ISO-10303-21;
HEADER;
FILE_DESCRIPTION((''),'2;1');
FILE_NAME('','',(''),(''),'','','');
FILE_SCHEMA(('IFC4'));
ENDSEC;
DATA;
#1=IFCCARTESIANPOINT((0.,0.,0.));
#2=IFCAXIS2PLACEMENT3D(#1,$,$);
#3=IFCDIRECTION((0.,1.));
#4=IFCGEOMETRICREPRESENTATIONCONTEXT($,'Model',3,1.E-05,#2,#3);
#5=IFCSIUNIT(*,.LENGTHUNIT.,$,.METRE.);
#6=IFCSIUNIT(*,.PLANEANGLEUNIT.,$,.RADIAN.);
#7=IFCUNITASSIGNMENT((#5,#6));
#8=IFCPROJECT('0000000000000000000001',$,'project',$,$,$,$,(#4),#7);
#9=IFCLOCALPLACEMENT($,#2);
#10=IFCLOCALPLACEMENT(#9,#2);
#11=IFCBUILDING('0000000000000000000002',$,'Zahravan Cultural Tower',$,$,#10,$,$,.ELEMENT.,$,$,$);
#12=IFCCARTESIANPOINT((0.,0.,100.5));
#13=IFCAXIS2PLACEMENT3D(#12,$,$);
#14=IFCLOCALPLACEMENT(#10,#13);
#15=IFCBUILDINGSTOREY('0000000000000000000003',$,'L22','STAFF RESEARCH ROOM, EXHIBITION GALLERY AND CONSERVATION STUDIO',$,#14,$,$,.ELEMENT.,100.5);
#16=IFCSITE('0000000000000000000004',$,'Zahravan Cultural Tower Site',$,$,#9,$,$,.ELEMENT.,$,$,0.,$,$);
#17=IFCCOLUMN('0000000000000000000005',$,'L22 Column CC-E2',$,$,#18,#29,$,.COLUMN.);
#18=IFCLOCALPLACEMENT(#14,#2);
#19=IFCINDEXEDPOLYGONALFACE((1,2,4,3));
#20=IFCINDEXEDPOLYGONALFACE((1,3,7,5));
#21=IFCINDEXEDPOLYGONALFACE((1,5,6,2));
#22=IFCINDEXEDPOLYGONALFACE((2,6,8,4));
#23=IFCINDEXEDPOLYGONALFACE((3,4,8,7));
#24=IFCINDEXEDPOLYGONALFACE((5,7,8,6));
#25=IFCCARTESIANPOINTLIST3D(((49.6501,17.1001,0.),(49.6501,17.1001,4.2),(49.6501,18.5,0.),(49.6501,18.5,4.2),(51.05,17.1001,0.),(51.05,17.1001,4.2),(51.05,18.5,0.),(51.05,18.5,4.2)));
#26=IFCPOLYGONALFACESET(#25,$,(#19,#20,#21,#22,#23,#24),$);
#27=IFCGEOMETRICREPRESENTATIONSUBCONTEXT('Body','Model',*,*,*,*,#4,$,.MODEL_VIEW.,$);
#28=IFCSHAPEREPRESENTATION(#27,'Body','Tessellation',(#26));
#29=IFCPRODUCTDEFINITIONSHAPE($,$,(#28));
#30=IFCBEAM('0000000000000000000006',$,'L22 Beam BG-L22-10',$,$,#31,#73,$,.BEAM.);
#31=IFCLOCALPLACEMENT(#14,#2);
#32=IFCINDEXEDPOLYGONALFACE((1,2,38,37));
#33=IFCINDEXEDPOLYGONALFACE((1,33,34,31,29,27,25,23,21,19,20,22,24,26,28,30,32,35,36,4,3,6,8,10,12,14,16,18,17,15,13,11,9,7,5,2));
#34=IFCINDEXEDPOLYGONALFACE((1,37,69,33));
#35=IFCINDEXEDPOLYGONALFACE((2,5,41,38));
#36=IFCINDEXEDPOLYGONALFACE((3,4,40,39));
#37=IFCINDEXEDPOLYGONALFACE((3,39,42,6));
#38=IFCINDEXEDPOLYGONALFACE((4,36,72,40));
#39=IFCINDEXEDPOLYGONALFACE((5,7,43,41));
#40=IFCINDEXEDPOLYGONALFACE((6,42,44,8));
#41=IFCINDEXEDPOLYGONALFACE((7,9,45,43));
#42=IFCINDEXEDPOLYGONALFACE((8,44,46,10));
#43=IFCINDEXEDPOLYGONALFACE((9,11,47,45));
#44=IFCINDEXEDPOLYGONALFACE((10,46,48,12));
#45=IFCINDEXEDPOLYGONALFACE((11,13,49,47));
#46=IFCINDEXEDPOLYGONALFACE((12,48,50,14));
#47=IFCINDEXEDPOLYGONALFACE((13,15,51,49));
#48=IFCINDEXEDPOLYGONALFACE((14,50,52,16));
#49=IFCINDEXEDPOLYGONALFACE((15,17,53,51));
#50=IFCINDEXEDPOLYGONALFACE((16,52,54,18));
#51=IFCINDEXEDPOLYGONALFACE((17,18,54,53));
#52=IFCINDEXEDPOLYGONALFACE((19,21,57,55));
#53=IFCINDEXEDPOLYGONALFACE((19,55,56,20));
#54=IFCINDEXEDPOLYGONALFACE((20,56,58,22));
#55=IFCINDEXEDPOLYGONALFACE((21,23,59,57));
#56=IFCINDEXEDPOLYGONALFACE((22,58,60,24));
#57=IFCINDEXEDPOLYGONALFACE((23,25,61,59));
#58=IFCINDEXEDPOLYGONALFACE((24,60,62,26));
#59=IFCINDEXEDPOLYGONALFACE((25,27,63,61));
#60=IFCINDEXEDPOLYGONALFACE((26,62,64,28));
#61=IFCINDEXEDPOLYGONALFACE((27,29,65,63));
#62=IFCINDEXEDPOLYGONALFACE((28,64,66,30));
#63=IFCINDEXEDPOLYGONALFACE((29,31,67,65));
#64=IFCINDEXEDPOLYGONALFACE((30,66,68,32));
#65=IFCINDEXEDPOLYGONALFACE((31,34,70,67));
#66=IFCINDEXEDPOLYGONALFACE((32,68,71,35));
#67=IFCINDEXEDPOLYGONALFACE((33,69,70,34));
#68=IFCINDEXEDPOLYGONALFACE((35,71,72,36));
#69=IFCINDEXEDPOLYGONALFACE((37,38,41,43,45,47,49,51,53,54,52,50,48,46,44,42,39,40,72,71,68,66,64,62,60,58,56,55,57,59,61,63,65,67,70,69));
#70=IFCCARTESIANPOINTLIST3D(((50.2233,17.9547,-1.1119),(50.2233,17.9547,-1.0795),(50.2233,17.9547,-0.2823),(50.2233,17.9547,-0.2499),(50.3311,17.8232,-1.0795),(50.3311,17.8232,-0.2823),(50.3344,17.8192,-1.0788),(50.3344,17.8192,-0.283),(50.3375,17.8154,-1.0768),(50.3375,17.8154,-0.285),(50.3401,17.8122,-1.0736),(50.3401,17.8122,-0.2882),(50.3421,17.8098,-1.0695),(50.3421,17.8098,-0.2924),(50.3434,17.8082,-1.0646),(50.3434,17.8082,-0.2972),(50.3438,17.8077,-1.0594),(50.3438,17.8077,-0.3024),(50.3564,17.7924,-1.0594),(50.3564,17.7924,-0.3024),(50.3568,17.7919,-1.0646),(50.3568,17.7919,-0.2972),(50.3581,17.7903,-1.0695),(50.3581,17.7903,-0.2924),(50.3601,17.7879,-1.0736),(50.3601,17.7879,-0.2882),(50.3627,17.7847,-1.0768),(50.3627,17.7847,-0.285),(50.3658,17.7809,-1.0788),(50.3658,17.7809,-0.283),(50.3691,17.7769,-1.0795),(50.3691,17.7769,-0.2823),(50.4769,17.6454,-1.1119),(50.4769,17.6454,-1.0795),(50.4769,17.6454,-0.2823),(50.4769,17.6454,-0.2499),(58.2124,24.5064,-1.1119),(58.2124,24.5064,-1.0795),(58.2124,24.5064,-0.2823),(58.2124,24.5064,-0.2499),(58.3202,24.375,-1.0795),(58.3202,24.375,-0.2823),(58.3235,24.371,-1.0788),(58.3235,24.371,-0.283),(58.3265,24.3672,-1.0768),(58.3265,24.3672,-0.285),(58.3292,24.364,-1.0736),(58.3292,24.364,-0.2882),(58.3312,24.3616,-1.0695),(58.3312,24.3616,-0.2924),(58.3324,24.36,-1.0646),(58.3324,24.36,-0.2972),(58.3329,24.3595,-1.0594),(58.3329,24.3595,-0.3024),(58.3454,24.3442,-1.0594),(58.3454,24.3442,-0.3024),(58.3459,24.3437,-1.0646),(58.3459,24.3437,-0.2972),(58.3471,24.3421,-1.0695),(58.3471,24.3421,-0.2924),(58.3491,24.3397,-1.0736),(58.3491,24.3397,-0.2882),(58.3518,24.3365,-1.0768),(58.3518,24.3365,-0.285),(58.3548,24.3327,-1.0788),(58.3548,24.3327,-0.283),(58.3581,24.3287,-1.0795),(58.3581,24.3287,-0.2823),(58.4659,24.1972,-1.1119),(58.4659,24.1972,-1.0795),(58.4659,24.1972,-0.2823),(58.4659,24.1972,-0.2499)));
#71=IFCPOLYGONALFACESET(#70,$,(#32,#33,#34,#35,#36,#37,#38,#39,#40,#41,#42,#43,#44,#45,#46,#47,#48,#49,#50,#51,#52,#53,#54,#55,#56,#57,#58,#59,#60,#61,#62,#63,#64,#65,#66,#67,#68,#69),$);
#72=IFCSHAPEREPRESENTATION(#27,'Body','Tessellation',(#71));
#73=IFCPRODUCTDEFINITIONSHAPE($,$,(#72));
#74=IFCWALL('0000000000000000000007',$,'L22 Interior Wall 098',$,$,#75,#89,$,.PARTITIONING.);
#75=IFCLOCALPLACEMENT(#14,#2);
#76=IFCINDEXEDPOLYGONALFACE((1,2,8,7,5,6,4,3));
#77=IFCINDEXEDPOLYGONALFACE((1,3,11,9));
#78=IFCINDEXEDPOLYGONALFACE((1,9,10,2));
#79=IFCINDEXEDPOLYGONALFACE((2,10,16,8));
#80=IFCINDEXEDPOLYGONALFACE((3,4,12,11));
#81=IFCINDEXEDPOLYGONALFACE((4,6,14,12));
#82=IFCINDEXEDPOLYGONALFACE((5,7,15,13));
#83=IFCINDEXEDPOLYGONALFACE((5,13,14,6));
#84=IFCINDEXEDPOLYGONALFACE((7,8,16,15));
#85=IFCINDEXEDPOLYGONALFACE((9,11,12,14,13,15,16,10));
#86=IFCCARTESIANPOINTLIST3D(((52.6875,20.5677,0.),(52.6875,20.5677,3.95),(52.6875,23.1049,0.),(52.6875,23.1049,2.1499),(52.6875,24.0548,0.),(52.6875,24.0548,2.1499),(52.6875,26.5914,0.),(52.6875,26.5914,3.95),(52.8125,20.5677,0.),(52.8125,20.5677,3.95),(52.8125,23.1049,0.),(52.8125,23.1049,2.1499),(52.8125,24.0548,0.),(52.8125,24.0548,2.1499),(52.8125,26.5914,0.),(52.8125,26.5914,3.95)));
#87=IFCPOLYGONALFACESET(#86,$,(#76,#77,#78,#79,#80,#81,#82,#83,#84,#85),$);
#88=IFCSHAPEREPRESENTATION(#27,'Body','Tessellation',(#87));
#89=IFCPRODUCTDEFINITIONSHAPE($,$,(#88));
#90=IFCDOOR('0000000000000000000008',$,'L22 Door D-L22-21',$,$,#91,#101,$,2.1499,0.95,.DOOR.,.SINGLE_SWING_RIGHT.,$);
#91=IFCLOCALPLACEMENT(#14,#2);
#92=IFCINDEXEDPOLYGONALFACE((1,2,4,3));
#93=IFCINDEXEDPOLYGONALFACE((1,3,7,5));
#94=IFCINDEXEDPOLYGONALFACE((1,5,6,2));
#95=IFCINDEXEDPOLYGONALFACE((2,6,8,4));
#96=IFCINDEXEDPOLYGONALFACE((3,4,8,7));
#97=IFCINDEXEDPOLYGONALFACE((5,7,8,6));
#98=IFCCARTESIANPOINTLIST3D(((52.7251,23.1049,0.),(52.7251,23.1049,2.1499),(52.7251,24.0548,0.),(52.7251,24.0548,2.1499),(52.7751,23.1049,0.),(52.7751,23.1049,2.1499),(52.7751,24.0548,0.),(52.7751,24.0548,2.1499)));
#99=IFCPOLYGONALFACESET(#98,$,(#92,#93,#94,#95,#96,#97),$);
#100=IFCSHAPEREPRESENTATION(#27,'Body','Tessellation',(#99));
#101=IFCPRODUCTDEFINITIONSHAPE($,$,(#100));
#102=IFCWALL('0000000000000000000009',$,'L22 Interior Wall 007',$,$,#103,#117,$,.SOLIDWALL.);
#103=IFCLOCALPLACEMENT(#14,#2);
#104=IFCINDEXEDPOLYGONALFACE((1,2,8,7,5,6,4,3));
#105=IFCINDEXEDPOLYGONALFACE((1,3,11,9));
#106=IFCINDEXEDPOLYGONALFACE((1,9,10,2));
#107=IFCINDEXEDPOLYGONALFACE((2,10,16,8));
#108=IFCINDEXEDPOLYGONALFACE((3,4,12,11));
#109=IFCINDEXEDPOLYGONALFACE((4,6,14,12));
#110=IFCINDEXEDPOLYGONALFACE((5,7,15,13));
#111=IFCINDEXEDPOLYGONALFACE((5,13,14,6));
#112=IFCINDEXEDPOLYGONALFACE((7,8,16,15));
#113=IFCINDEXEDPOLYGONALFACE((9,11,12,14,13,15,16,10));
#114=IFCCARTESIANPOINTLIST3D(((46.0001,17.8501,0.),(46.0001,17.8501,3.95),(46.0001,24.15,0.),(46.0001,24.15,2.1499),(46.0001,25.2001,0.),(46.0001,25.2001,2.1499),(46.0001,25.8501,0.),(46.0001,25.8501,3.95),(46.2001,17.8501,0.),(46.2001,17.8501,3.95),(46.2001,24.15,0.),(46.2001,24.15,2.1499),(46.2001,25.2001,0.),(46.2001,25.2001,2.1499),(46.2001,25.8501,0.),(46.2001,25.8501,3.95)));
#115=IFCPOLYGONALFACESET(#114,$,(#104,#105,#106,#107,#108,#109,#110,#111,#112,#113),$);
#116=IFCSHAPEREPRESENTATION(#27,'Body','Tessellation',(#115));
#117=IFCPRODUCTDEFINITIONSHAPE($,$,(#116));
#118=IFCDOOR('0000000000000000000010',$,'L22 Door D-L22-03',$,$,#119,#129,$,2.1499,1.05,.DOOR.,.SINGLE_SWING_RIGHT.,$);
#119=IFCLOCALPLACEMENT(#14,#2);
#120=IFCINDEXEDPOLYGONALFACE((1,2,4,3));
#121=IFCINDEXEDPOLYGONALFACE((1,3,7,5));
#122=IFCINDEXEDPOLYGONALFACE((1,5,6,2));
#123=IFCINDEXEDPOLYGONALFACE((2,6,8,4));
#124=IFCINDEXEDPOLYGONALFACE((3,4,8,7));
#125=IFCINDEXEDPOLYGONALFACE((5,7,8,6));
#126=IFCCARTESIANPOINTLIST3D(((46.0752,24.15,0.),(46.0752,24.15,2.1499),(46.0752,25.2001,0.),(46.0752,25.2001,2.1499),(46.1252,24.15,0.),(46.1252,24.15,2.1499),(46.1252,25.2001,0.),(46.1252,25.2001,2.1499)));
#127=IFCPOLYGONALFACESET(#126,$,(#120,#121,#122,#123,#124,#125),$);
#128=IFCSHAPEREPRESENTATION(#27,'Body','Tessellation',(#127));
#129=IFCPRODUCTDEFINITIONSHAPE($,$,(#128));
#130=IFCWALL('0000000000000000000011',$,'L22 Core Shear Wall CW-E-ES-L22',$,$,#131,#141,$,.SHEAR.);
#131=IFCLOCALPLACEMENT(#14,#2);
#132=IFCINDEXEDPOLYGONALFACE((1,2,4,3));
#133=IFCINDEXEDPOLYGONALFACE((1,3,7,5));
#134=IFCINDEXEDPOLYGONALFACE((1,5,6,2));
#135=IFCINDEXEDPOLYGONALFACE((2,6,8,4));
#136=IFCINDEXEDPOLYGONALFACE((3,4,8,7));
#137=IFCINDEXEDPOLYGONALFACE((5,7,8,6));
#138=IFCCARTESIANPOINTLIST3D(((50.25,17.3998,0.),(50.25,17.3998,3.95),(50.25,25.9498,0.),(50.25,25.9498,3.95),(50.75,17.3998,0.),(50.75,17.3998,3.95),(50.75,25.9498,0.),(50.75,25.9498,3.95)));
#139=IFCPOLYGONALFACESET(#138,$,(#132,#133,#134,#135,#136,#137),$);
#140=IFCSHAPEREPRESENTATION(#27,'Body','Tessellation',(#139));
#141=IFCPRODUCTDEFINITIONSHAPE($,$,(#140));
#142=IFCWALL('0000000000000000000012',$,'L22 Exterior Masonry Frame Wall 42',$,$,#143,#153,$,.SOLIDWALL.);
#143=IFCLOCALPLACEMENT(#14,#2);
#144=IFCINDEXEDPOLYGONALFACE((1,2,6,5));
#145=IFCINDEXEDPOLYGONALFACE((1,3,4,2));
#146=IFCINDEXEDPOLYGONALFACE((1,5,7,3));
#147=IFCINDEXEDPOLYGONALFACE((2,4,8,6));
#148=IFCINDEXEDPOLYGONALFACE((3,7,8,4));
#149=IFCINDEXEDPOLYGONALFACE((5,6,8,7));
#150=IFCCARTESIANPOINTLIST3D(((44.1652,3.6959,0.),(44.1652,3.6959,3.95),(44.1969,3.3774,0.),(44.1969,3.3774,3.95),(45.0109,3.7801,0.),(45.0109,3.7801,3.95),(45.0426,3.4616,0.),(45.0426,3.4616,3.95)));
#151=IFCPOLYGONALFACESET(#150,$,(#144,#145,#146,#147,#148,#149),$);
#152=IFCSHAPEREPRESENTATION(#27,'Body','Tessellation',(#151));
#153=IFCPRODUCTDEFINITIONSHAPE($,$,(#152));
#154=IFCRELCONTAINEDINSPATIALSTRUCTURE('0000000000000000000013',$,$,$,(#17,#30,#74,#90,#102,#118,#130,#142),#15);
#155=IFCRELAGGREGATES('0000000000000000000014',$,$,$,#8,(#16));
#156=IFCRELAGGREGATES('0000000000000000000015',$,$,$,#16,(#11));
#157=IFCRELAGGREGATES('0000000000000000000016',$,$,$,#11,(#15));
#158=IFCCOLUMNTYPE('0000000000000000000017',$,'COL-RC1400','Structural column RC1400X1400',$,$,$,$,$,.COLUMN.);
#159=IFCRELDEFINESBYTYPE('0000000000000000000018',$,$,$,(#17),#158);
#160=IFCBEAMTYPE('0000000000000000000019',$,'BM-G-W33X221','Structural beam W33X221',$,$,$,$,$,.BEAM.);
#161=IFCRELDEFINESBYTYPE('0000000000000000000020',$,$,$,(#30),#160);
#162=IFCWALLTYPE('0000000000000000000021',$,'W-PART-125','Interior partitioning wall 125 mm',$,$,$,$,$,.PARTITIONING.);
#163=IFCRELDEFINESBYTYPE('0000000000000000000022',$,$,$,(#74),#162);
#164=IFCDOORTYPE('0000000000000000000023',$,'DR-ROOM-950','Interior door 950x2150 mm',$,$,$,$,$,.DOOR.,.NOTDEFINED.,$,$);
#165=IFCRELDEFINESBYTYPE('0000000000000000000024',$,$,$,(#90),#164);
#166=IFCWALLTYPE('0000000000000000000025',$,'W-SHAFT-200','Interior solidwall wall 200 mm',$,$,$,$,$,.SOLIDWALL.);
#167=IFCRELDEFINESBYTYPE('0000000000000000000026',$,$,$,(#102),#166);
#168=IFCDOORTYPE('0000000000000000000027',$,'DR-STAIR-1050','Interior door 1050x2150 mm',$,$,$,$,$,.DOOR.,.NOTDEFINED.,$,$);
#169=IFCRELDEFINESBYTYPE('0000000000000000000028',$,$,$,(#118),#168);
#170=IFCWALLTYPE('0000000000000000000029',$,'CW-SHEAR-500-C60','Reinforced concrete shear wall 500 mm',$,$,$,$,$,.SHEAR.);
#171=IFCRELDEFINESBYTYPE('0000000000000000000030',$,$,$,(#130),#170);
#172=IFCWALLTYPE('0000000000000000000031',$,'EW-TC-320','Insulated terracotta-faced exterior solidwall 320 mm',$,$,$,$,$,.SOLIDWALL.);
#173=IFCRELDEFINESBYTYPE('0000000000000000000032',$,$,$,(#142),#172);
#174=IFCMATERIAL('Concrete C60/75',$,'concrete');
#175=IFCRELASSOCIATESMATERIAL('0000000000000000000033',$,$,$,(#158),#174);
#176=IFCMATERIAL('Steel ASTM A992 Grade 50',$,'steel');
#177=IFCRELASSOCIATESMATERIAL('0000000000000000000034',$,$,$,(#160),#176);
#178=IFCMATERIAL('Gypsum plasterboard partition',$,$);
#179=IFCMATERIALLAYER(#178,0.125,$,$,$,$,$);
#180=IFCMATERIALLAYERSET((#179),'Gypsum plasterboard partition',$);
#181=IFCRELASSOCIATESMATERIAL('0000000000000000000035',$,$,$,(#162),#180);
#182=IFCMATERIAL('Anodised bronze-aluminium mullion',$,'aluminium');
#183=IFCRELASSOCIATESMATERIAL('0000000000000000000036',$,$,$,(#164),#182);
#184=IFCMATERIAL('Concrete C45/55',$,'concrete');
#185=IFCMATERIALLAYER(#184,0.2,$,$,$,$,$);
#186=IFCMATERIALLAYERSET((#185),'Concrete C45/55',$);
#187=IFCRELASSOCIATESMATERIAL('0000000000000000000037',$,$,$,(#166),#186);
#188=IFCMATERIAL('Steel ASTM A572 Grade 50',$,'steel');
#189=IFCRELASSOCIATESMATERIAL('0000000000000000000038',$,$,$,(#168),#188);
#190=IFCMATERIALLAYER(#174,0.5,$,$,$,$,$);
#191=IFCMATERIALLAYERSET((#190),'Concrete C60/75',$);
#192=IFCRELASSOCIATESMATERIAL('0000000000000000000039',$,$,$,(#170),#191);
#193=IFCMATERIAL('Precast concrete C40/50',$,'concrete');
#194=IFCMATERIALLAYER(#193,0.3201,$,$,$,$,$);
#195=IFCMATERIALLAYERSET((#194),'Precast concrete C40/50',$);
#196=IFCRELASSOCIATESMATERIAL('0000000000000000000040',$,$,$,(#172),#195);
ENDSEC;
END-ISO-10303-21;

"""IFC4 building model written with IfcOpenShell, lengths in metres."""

from ifc_helpers import new_model, si_unit, direction, frame, frame_2d, origin, origin_2d, place, context, subcontext, project, spatial, rectangle, i_section, extrude, source, transform, mapped, material, layer, layer_set, material_profile, profile_set, type_object, element, fill, save


model = new_model("IFC4")

# Units and contexts
model_context = context("Model", 3, precision=1e-05, world=origin(), true_north=direction((0.0, 1.0)))
body_context = subcontext(model_context, "Body", "Model", "MODEL_VIEW")
ifc_project = project(units=[si_unit("LENGTHUNIT", "METRE"), si_unit("PLANEANGLEUNIT", "RADIAN")], contexts=[model_context])

# Site, building, storey
site_placement = place(None, origin())
site = spatial("IfcSite", under=ifc_project, at=site_placement, Name="Zahravan Cultural Tower Site", CompositionType="ELEMENT", RefElevation=0.0)
building_placement = place(site_placement, origin())
building = spatial("IfcBuilding", under=site, at=building_placement, Name="Zahravan Cultural Tower", CompositionType="ELEMENT")
storey_placement = place(building_placement, frame((0.0, 0.0, 100.5)))
storey = spatial("IfcBuildingStorey", under=building, at=storey_placement, Name="L22", Description="STAFF RESEARCH ROOM, EXHIBITION GALLERY AND CONSERVATION STUDIO", CompositionType="ELEMENT", Elevation=100.5)

# Column
ifc_material_1 = material(Name="Concrete C60/75", Category="concrete")
ifc_material_profile_1 = material_profile(ifc_material_1, rectangle(XDim=1.3999, YDim=1.3999, at=origin_2d()), Name="RC1400X1400")
ifc_profile_set_1 = profile_set([ifc_material_profile_1], Name="Concrete C60/75")
column_type = type_object("IfcColumnType", Name="COL-RC1400", Description="Structural column RC1400X1400", PredefinedType="COLUMN", material=ifc_profile_set_1)
shared_shape_1 = source(origin(), body_context, "Body", "SweptSolid", [
    extrude(rectangle(XDim=1.3999, YDim=1.3999, at=origin_2d()), origin(), (0.0, 0.0, 1.0), 4.2),
])
column_placement = place(storey_placement, frame((50.3501, 17.8, 0.0), z_axis=(0.0, 0.0, 1.0), x_axis=(1.0, 0.0, 0.0)))
element("IfcColumn", 1, at=column_placement, inside=storey, type_object=column_type, Name="L22 Column CC-E2", PredefinedType="COLUMN", context=body_context, shape_type="MappedRepresentation", body=[
    mapped(shared_shape_1, transform((0.0, 0.0, 0.0), x_axis=(1.0, 0.0, 0.0), y_axis=(0.0, 1.0, 0.0), z_axis=(0.0, 0.0, 1.0), scale=1.0)),
])

# Beam
ifc_material_2 = material(Name="Steel ASTM A992 Grade 50", Category="steel")
ifc_material_profile_2 = material_profile(ifc_material_2, i_section(OverallWidth=0.3999, OverallDepth=0.8621, WebThickness=0.0198, FlangeThickness=0.0325, FilletRadius=0.02, at=origin_2d()), Name="W33X221")
ifc_profile_set_2 = profile_set([ifc_material_profile_2], Name="Steel ASTM A992 Grade 50")
beam_type = type_object("IfcBeamType", Name="BM-G-W33X221", Description="Structural beam W33X221", PredefinedType="BEAM", material=ifc_profile_set_2)
shared_shape_2 = source(origin(), body_context, "Body", "SweptSolid", [
    extrude(i_section(OverallWidth=0.3999, OverallDepth=0.8621, WebThickness=0.0198, FlangeThickness=0.0325, FilletRadius=0.02, at=origin_2d()), origin(), (0.0, 0.0, 1.0), 10.332),
])
beam_placement = place(storey_placement, frame((50.3501, 17.8, -0.6809), z_axis=(0.773231, 0.634124, 0.0), x_axis=(-0.634124, 0.773231, 0.0)))
element("IfcBeam", 2, at=beam_placement, inside=storey, type_object=beam_type, Name="L22 Beam BG-L22-10", PredefinedType="BEAM", context=body_context, shape_type="MappedRepresentation", body=[
    mapped(shared_shape_2, transform((0.0, 0.0, 0.0), x_axis=(1.0, 0.0, 0.0), y_axis=(0.0, 1.0, 0.0), z_axis=(0.0, 0.0, 1.0), scale=1.0)),
])

# Walls, openings, doors
ifc_material_3 = material(Name="Gypsum plasterboard partition")
ifc_layer_1 = layer(ifc_material_3, 0.125)
ifc_layer_set_1 = layer_set([ifc_layer_1], Name="Gypsum plasterboard partition")
wall_type_1 = type_object("IfcWallType", Name="W-PART-125", Description="Interior partitioning wall 125 mm", PredefinedType="PARTITIONING", material=ifc_layer_set_1)
wall_1_placement = place(storey_placement, frame((52.75, 20.5679, 0.0), z_axis=(0.0, 0.0, 1.0), x_axis=(0.0, 1.0, 0.0)))
wall_1 = element("IfcWall", 3, at=wall_1_placement, inside=storey, type_object=wall_type_1, Name="L22 Interior Wall 098", PredefinedType="PARTITIONING", context=body_context, shape_type="SweptSolid", body=[
    extrude(rectangle(XDim=6.0237, YDim=0.125, at=frame_2d((3.0117, 0.0))), origin(), (0.0, 0.0, 1.0), 3.95),
])
opening_1_placement = place(wall_1_placement, frame((2.5369, 0.0, 0.0)))
opening_1 = element("IfcOpeningElement", 4, at=opening_1_placement, cuts=wall_1, PredefinedType="OPENING", context=body_context, shape_type="SweptSolid", body=[
    extrude(rectangle(XDim=0.95, YDim=2.1499, at=frame_2d((0.4751, 1.075))), frame((0.0, 0.0725, 0.0), z_axis=(0.0, -1.0, 0.0), x_axis=(1.0, 0.0, 0.0)), (0.0, 0.0, 1.0), 0.145),
])
ifc_material_4 = material(Name="Anodised bronze-aluminium mullion", Category="aluminium")
door_type_1 = type_object("IfcDoorType", Name="DR-ROOM-950", Description="Interior door 950x2150 mm", OperationType="NOTDEFINED", PredefinedType="DOOR", material=ifc_material_4)
shared_shape_3 = source(origin(), body_context, "Body", "SweptSolid", [
    extrude(rectangle(XDim=0.95, YDim=2.1499, at=frame_2d((0.4751, 1.075))), frame((0.0, 0.0249, 0.0), z_axis=(0.0, -1.0, 0.0), x_axis=(1.0, 0.0, 0.0)), (0.0, 0.0, 1.0), 0.05),
])
door_1_placement = place(opening_1_placement, origin())
door_1 = element("IfcDoor", 5, at=door_1_placement, inside=storey, type_object=door_type_1, Name="L22 Door D-L22-21", OperationType="SINGLE_SWING_RIGHT", OverallHeight=2.1499, OverallWidth=0.95, PredefinedType="DOOR", context=body_context, shape_type="MappedRepresentation", body=[
    mapped(shared_shape_3, transform((0.0, 0.0, 0.0), x_axis=(1.0, 0.0, 0.0), y_axis=(0.0, 1.0, 0.0), z_axis=(0.0, 0.0, 1.0), scale=1.0)),
])
fill(opening_1, door_1)
ifc_material_5 = material(Name="Concrete C45/55", Category="concrete")
ifc_layer_2 = layer(ifc_material_5, 0.2)
ifc_layer_set_2 = layer_set([ifc_layer_2], Name="Concrete C45/55")
wall_type_2 = type_object("IfcWallType", Name="W-SHAFT-200", Description="Interior solidwall wall 200 mm", PredefinedType="SOLIDWALL", material=ifc_layer_set_2)
wall_2_placement = place(storey_placement, frame((46.1001, 17.8501, 0.0), z_axis=(0.0, 0.0, 1.0), x_axis=(0.0, 1.0, 0.0)))
wall_2 = element("IfcWall", 6, at=wall_2_placement, inside=storey, type_object=wall_type_2, Name="L22 Interior Wall 007", PredefinedType="SOLIDWALL", context=body_context, shape_type="SweptSolid", body=[
    extrude(rectangle(XDim=8.0, YDim=0.2, at=frame_2d((4.0, 0.0))), origin(), (0.0, 0.0, 1.0), 3.95),
])
opening_2_placement = place(wall_2_placement, frame((6.3, 0.0, 0.0)))
opening_2 = element("IfcOpeningElement", 7, at=opening_2_placement, cuts=wall_2, PredefinedType="OPENING", context=body_context, shape_type="SweptSolid", body=[
    extrude(rectangle(XDim=1.05, YDim=2.1499, at=frame_2d((0.5249, 1.075))), frame((0.0, 0.1099, 0.0), z_axis=(0.0, -1.0, 0.0), x_axis=(1.0, 0.0, 0.0)), (0.0, 0.0, 1.0), 0.22),
])
ifc_material_6 = material(Name="Steel ASTM A572 Grade 50", Category="steel")
door_type_2 = type_object("IfcDoorType", Name="DR-STAIR-1050", Description="Interior door 1050x2150 mm", OperationType="NOTDEFINED", PredefinedType="DOOR", material=ifc_material_6)
shared_shape_4 = source(origin(), body_context, "Body", "SweptSolid", [
    extrude(rectangle(XDim=1.05, YDim=2.1499, at=frame_2d((0.5249, 1.075))), frame((0.0, 0.0249, 0.0), z_axis=(0.0, -1.0, 0.0), x_axis=(1.0, 0.0, 0.0)), (0.0, 0.0, 1.0), 0.05),
])
door_2_placement = place(opening_2_placement, origin())
door_2 = element("IfcDoor", 8, at=door_2_placement, inside=storey, type_object=door_type_2, Name="L22 Door D-L22-03", OperationType="SINGLE_SWING_RIGHT", OverallHeight=2.1499, OverallWidth=1.05, PredefinedType="DOOR", context=body_context, shape_type="MappedRepresentation", body=[
    mapped(shared_shape_4, transform((0.0, 0.0, 0.0), x_axis=(1.0, 0.0, 0.0), y_axis=(0.0, 1.0, 0.0), z_axis=(0.0, 0.0, 1.0), scale=1.0)),
])
fill(opening_2, door_2)

# Walls
ifc_layer_3 = layer(ifc_material_1, 0.5)
ifc_layer_set_3 = layer_set([ifc_layer_3], Name="Concrete C60/75")
wall_type_3 = type_object("IfcWallType", Name="CW-SHEAR-500-C60", Description="Reinforced concrete shear wall 500 mm", PredefinedType="SHEAR", material=ifc_layer_set_3)
shared_shape_5 = source(origin(), body_context, "Body", "SweptSolid", [
    extrude(rectangle(XDim=8.55, YDim=0.5, at=frame_2d((4.2749, 0.0))), origin(), (0.0, 0.0, 1.0), 3.95),
])
wall_3_placement = place(storey_placement, frame((50.5, 17.3999, 0.0), z_axis=(0.0, 0.0, 1.0), x_axis=(0.0, 1.0, 0.0)))
element("IfcWall", 9, at=wall_3_placement, inside=storey, type_object=wall_type_3, Name="L22 Core Shear Wall CW-E-ES-L22", PredefinedType="SHEAR", context=body_context, shape_type="MappedRepresentation", body=[
    mapped(shared_shape_5, transform((0.0, 0.0, 0.0), x_axis=(1.0, 0.0, 0.0), y_axis=(0.0, 1.0, 0.0), z_axis=(0.0, 0.0, 1.0), scale=1.0)),
])
ifc_material_7 = material(Name="Precast concrete C40/50", Category="concrete")
ifc_layer_4 = layer(ifc_material_7, 0.3201)
ifc_layer_set_4 = layer_set([ifc_layer_4], Name="Precast concrete C40/50")
wall_type_4 = type_object("IfcWallType", Name="EW-TC-320", Description="Insulated terracotta-faced exterior solidwall 320 mm", PredefinedType="SOLIDWALL", material=ifc_layer_set_4)
shared_shape_6 = source(origin(), body_context, "Body", "SweptSolid", [
    extrude(rectangle(XDim=0.8499, YDim=0.3201, at=frame_2d((0.4248, 0.0))), origin(), (0.0, 0.0, 1.0), 3.95),
])
wall_4_placement = place(storey_placement, frame((45.0266, 3.6208, 0.0), z_axis=(0.0, 0.0, 1.0), x_axis=(-0.995077, -0.099106, 0.0)))
element("IfcWall", 10, at=wall_4_placement, inside=storey, type_object=wall_type_4, Name="L22 Exterior Masonry Frame Wall 42", PredefinedType="SOLIDWALL", context=body_context, shape_type="MappedRepresentation", body=[
    mapped(shared_shape_6, transform((0.0, 0.0, 0.0), x_axis=(1.0, 0.0, 0.0), y_axis=(0.0, 1.0, 0.0), z_axis=(0.0, 0.0, 1.0), scale=1.0)),
])

save(model, "model.ifc")
